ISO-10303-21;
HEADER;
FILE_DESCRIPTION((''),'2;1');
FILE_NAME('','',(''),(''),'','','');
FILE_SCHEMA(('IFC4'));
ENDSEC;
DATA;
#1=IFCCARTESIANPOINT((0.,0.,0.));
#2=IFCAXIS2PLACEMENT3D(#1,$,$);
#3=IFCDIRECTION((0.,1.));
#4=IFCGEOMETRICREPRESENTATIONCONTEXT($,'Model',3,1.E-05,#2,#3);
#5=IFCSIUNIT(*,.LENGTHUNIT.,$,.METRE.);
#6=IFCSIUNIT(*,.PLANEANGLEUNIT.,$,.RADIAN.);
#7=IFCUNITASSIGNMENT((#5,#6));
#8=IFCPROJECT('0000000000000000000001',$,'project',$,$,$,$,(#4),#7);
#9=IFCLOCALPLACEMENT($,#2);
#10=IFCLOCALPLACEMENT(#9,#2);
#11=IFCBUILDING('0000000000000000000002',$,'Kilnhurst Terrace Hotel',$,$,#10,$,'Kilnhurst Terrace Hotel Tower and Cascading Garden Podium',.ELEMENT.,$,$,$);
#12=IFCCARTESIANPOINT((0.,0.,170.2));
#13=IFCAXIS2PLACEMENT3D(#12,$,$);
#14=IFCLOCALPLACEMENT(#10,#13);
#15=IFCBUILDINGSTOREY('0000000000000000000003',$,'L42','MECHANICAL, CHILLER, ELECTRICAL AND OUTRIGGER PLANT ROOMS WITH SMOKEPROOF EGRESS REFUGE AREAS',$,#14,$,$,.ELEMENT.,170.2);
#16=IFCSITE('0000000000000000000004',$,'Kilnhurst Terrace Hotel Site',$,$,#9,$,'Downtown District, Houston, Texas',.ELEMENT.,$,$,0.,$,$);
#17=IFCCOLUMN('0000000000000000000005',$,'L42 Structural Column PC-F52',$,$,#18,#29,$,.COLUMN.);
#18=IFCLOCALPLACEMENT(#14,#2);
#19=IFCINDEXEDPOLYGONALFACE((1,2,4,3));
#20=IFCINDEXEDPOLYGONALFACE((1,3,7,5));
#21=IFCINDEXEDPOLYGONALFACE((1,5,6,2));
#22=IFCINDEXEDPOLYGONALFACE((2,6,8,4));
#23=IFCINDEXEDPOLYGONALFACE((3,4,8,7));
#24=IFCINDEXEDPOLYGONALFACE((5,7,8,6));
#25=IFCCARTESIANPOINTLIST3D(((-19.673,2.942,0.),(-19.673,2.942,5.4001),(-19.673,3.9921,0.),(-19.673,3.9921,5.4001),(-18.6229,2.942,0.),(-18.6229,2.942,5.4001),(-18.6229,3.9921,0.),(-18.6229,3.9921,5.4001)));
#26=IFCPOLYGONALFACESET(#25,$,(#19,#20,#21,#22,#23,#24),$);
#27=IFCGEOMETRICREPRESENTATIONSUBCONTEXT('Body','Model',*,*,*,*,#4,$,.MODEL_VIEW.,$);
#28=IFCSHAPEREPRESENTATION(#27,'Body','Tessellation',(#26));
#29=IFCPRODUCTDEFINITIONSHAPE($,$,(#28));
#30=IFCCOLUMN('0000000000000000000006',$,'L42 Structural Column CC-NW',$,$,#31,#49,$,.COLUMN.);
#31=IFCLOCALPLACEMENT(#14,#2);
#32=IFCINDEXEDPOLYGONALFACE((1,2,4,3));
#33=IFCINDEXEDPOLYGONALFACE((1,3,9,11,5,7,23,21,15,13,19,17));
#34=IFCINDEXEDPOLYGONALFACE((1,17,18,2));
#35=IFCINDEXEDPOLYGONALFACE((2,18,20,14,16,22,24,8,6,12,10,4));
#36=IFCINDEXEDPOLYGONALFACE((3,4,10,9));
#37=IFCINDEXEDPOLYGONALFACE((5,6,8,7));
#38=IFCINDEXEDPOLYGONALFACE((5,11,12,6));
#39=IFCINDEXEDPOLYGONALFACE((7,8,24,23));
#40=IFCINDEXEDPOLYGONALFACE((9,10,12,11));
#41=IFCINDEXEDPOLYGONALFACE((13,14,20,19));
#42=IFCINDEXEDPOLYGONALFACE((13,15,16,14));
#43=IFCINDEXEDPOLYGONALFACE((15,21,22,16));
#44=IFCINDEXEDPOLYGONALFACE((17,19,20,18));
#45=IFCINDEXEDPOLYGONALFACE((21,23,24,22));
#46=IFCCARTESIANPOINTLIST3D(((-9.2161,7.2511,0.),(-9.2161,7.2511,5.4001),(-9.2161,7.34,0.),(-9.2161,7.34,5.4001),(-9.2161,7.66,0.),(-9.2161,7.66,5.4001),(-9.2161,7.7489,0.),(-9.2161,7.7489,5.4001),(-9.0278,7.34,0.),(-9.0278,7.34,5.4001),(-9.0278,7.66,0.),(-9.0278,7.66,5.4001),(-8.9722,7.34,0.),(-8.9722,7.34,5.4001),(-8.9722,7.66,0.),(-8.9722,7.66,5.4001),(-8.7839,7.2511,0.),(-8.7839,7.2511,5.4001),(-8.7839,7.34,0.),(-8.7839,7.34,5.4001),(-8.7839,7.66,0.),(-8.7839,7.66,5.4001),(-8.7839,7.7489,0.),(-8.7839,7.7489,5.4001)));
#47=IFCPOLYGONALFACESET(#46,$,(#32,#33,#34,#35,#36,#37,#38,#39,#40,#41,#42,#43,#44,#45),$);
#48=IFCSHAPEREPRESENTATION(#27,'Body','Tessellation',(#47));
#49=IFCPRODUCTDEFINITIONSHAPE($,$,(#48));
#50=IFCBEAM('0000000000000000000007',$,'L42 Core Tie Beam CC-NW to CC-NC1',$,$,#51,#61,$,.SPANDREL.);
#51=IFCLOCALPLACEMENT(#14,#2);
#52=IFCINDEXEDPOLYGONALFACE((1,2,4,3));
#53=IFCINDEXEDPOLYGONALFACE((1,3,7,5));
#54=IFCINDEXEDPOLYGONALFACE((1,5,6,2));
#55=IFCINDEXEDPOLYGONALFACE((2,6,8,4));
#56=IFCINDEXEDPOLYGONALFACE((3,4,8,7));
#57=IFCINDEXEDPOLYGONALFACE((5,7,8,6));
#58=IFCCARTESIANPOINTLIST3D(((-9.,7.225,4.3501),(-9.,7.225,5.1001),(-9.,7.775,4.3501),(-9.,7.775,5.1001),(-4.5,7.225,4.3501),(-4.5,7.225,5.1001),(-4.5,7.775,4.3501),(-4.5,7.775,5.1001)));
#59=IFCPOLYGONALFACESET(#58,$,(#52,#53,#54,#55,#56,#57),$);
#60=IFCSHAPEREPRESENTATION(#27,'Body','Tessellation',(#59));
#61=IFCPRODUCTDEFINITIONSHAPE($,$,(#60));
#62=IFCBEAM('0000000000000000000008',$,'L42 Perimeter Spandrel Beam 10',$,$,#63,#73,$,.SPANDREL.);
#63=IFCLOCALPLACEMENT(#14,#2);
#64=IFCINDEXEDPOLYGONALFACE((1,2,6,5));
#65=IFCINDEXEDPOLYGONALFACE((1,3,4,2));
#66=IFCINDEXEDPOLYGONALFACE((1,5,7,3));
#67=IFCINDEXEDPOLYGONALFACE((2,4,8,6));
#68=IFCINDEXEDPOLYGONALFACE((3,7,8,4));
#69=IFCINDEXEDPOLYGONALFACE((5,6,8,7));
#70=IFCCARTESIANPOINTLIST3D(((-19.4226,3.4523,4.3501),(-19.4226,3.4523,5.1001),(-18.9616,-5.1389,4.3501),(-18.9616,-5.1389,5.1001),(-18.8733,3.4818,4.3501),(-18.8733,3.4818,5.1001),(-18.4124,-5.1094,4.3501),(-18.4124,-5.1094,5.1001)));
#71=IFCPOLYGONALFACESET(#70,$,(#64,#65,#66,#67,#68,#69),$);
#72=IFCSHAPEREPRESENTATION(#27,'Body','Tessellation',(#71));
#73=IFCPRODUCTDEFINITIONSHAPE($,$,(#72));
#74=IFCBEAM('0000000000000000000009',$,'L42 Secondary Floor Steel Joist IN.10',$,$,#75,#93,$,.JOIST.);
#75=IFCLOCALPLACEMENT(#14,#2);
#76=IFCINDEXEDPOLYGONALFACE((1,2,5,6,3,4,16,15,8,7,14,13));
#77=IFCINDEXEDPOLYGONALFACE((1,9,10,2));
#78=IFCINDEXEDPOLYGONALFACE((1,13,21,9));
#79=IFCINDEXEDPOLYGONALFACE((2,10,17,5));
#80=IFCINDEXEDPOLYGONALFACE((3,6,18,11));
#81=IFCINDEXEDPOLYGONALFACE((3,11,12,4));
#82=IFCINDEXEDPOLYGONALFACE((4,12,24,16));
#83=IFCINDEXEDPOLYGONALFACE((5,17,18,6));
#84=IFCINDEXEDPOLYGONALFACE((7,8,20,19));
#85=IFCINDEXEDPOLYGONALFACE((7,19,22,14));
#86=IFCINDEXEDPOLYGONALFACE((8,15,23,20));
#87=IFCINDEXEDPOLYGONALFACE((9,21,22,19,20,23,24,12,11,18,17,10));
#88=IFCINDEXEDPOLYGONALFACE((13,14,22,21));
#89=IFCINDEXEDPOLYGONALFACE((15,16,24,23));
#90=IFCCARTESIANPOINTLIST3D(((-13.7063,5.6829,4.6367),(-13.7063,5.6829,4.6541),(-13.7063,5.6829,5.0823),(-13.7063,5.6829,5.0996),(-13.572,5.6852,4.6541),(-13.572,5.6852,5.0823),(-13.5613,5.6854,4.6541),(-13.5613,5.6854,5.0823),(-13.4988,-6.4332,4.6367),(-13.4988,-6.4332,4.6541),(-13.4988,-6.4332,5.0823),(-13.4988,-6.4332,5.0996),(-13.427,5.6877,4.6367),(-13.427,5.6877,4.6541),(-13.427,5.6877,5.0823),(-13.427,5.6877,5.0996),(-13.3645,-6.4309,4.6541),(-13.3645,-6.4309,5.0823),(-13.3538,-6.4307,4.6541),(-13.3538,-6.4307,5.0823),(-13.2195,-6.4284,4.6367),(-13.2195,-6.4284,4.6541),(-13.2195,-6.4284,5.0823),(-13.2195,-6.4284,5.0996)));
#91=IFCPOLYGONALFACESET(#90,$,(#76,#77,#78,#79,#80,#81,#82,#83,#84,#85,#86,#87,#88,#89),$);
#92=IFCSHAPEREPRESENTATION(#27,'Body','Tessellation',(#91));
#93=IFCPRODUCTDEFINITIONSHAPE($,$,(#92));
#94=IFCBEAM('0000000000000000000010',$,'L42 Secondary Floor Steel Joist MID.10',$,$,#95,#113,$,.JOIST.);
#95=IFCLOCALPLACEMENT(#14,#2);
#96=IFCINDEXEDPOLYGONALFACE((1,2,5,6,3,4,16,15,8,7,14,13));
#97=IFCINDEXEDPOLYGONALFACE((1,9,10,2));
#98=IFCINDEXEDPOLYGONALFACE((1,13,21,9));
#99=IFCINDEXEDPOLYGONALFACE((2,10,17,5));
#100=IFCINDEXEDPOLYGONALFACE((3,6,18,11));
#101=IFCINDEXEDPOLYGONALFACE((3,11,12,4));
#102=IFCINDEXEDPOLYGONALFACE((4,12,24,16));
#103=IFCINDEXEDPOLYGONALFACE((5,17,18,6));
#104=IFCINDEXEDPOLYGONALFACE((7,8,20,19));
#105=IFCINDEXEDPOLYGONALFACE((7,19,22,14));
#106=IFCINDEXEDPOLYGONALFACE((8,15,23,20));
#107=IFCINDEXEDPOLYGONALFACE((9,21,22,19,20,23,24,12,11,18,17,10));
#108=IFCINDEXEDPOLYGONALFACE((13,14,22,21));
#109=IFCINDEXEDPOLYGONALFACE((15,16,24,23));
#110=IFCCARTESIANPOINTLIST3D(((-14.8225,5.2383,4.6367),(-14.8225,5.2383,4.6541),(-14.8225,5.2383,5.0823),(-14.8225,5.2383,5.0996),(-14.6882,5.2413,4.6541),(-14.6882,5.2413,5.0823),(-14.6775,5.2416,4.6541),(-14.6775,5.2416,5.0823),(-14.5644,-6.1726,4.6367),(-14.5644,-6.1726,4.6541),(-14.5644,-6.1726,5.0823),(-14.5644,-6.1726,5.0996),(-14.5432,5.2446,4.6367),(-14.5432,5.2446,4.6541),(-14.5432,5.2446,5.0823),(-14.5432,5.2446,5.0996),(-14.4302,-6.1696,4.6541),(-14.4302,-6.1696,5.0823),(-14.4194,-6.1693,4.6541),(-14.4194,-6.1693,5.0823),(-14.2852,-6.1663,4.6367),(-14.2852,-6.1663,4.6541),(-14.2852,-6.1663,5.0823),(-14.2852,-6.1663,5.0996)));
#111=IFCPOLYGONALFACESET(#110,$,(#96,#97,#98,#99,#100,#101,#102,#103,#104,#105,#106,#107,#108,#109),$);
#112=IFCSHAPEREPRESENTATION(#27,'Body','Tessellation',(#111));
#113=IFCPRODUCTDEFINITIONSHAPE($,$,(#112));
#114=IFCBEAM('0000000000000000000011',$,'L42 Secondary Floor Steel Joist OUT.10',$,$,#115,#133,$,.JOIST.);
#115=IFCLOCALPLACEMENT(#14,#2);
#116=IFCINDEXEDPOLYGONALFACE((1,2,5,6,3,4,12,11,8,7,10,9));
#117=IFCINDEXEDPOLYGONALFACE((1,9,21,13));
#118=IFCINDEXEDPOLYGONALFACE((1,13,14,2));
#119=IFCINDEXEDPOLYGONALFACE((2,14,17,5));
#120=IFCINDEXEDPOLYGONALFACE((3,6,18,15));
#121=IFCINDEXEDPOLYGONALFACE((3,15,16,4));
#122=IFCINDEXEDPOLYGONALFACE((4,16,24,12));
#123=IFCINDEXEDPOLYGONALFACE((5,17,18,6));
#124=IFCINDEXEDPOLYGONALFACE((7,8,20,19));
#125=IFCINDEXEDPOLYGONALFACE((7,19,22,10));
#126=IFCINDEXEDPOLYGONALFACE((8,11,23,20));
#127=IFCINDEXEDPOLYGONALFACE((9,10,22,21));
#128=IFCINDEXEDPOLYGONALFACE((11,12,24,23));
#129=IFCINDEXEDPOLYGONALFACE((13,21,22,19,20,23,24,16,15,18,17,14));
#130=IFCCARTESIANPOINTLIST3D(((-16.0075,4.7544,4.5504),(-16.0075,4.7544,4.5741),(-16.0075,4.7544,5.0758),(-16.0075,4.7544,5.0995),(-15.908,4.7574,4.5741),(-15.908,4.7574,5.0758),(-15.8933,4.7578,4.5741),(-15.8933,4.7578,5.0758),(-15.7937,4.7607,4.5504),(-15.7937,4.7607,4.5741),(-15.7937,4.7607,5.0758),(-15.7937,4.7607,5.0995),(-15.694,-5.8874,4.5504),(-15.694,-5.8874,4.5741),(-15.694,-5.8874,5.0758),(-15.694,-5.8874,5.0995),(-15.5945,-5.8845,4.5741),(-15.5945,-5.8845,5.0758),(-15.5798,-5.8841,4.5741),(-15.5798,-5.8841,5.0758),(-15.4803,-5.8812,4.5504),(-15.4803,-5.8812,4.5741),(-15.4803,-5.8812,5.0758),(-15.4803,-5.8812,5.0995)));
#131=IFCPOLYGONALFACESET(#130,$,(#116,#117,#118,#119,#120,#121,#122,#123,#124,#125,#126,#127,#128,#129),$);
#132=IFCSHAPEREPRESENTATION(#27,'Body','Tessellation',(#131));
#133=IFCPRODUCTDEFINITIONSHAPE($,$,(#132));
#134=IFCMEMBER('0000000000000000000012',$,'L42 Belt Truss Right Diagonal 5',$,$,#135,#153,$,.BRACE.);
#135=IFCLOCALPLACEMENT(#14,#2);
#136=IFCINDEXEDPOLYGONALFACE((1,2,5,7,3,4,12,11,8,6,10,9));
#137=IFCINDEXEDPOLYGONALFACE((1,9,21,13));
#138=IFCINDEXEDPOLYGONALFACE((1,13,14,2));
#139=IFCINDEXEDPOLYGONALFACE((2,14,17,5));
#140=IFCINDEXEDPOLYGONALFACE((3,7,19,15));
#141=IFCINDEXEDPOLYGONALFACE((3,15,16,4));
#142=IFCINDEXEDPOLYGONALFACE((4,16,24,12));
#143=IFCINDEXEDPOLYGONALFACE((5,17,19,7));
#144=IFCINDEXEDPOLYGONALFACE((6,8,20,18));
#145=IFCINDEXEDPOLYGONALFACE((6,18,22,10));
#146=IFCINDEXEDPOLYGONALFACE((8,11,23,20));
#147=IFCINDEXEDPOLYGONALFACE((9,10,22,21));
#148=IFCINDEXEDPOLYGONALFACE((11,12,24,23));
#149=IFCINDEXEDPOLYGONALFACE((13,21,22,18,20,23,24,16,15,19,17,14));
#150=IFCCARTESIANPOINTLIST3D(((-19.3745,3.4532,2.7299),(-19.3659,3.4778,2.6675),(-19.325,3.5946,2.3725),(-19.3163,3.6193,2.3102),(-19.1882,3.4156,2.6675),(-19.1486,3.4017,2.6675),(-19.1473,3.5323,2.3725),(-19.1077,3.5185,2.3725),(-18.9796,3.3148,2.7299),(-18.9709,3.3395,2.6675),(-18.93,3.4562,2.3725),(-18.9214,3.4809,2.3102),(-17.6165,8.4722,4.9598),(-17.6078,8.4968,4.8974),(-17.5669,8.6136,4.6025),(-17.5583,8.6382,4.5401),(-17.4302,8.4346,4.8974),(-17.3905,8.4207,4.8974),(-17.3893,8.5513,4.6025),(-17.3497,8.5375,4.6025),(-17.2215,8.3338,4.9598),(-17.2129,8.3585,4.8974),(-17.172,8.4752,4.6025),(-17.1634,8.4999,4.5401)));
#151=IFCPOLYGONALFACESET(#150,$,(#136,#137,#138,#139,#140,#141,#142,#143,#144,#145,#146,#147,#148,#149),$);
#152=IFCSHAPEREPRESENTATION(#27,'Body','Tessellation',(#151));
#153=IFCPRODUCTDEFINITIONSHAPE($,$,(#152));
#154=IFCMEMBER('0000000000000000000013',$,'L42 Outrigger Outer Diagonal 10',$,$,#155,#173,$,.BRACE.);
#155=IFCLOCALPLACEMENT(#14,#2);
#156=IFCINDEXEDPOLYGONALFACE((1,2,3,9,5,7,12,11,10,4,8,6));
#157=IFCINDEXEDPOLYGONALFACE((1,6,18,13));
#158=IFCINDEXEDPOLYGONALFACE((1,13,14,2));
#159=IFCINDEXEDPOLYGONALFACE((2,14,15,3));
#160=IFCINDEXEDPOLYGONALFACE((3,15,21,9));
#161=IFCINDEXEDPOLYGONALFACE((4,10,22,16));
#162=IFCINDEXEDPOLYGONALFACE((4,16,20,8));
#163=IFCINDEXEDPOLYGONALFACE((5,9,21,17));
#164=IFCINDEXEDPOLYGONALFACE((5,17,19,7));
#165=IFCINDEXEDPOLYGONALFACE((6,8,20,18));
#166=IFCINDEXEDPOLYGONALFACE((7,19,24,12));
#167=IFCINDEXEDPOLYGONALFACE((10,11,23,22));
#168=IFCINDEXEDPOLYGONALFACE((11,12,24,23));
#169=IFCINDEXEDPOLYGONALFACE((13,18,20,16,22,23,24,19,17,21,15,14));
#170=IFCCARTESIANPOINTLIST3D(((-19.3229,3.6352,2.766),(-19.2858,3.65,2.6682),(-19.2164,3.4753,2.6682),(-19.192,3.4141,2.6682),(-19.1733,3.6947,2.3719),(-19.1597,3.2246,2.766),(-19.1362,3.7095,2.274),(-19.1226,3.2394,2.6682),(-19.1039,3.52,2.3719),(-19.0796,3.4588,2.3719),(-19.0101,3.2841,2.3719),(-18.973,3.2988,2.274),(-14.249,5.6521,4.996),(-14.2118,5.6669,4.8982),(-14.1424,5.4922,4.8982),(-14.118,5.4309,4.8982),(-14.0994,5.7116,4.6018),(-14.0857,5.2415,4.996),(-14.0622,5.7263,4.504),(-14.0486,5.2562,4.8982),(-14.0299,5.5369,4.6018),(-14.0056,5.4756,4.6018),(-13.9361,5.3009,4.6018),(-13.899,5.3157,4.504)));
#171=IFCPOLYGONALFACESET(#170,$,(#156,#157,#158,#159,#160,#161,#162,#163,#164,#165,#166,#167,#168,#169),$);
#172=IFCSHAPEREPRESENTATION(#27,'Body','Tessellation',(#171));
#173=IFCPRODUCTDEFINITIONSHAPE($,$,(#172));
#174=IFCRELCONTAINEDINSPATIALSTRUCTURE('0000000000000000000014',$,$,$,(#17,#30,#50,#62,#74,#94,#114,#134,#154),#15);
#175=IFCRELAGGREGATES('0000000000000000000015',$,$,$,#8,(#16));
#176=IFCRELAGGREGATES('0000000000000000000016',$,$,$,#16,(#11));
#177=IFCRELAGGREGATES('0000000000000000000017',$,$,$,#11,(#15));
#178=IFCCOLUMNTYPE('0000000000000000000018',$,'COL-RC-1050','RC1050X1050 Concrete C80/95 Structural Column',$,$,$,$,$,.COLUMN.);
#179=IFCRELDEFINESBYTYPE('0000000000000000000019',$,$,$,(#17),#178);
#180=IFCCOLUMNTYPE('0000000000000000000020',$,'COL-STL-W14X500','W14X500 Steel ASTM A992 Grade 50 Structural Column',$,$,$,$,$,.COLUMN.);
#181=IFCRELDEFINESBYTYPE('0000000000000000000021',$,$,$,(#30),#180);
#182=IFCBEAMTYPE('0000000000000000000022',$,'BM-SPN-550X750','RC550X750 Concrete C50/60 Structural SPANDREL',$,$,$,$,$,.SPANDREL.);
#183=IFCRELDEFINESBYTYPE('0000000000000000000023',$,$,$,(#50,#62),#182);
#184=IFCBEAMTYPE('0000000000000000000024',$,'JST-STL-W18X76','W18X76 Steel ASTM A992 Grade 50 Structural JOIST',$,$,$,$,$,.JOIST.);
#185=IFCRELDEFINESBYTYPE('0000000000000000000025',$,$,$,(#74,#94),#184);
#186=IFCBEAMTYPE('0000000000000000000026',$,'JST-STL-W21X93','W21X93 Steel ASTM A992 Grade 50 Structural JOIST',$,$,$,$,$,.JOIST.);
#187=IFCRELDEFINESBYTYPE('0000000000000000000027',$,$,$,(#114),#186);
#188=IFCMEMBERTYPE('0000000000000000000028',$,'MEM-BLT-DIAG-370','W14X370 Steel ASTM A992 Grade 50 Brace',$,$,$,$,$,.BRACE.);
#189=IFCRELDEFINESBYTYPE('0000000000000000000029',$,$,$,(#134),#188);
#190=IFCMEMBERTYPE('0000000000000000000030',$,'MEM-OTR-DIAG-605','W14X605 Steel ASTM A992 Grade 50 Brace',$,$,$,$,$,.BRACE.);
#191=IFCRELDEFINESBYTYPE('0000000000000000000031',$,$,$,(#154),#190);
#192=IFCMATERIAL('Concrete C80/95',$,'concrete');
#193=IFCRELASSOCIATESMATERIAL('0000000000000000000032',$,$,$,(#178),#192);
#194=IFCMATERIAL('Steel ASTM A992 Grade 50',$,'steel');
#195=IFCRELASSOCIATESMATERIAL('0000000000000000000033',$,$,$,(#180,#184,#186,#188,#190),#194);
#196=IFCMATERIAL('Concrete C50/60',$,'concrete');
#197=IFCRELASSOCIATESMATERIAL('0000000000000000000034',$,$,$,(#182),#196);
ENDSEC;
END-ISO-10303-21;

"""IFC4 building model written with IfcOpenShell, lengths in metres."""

from ifc_helpers import new_model, si_unit, direction, frame, origin, origin_2d, place, context, subcontext, project, spatial, rectangle, i_section, extrude, material, material_profile, profile_set, type_object, element, save


model = new_model("IFC4")

# Units and contexts
model_context = context("Model", 3, precision=1e-05, world=origin(), true_north=direction((0.0, 1.0)))
body_context = subcontext(model_context, "Body", "Model", "MODEL_VIEW")
ifc_project = project(units=[si_unit("LENGTHUNIT", "METRE"), si_unit("PLANEANGLEUNIT", "RADIAN")], contexts=[model_context])

# Site, building, storey
site_placement = place(None, origin())
site = spatial("IfcSite", under=ifc_project, at=site_placement, Name="Kilnhurst Terrace Hotel Site", LongName="Downtown District, Houston, Texas", CompositionType="ELEMENT", RefElevation=0.0)
building_placement = place(site_placement, origin())
building = spatial("IfcBuilding", under=site, at=building_placement, Name="Kilnhurst Terrace Hotel", LongName="Kilnhurst Terrace Hotel Tower and Cascading Garden Podium", CompositionType="ELEMENT")
storey_placement = place(building_placement, frame((0.0, 0.0, 170.2)))
storey = spatial("IfcBuildingStorey", under=building, at=storey_placement, Name="L42", Description="MECHANICAL, CHILLER, ELECTRICAL AND OUTRIGGER PLANT ROOMS WITH SMOKEPROOF EGRESS REFUGE AREAS", CompositionType="ELEMENT", Elevation=170.2)

# Columns
ifc_material_1 = material(Name="Concrete C80/95", Category="concrete")
ifc_material_profile_1 = material_profile(ifc_material_1, rectangle(XDim=1.05, YDim=1.05, at=origin_2d()), Name="RC1050X1050")
ifc_profile_set_1 = profile_set([ifc_material_profile_1], Name="Concrete C80/95")
column_type_1 = type_object("IfcColumnType", Name="COL-RC-1050", Description="RC1050X1050 Concrete C80/95 Structural Column", PredefinedType="COLUMN", material=ifc_profile_set_1)
column_1_placement = place(storey_placement, frame((-19.1479, 3.467, 0.0), z_axis=(0.0, 0.0, 1.0), x_axis=(1.0, 0.0, 0.0)))
element("IfcColumn", 1, at=column_1_placement, inside=storey, type_object=column_type_1, Name="L42 Structural Column PC-F52", PredefinedType="COLUMN", context=body_context, shape_type="SweptSolid", body=[
    extrude(rectangle(XDim=1.05, YDim=1.05, at=origin_2d()), origin(), (0.0, 0.0, 1.0), 5.4001),
])
ifc_material_2 = material(Name="Steel ASTM A992 Grade 50", Category="steel")
ifc_material_profile_2 = material_profile(ifc_material_2, i_section(OverallWidth=0.4321, OverallDepth=0.4978, WebThickness=0.0557, FlangeThickness=0.0889, at=origin_2d()), Name="W14X500")
ifc_profile_set_2 = profile_set([ifc_material_profile_2], Name="Steel ASTM A992 Grade 50")
column_type_2 = type_object("IfcColumnType", Name="COL-STL-W14X500", Description="W14X500 Steel ASTM A992 Grade 50 Structural Column", PredefinedType="COLUMN", material=ifc_profile_set_2)
column_2_placement = place(storey_placement, frame((-9.0, 7.5, 0.0), z_axis=(0.0, 0.0, 1.0), x_axis=(1.0, 0.0, 0.0)))
element("IfcColumn", 2, at=column_2_placement, inside=storey, type_object=column_type_2, Name="L42 Structural Column CC-NW", PredefinedType="COLUMN", context=body_context, shape_type="SweptSolid", body=[
    extrude(i_section(OverallWidth=0.4321, OverallDepth=0.4978, WebThickness=0.0557, FlangeThickness=0.0889, at=origin_2d()), origin(), (0.0, 0.0, 1.0), 5.4001),
])

# Beams
ifc_material_3 = material(Name="Concrete C50/60", Category="concrete")
ifc_material_profile_3 = material_profile(ifc_material_3, rectangle(XDim=0.55, YDim=0.75, at=origin_2d()), Name="RC550X750")
ifc_profile_set_3 = profile_set([ifc_material_profile_3], Name="Concrete C50/60")
beam_type_1 = type_object("IfcBeamType", Name="BM-SPN-550X750", Description="RC550X750 Concrete C50/60 Structural SPANDREL", PredefinedType="SPANDREL", material=ifc_profile_set_3)
beam_1_placement = place(storey_placement, frame((-9.0, 7.5, 4.7251), z_axis=(1.0, 0.0, 0.0), x_axis=(0.0, 1.0, 0.0)))
element("IfcBeam", 3, at=beam_1_placement, inside=storey, type_object=beam_type_1, Name="L42 Core Tie Beam CC-NW to CC-NC1", PredefinedType="SPANDREL", context=body_context, shape_type="SweptSolid", body=[
    extrude(rectangle(XDim=0.55, YDim=0.75, at=origin_2d()), origin(), (0.0, 0.0, 1.0), 4.5),
])
beam_2_placement = place(storey_placement, frame((-19.1479, 3.467, 4.7251), z_axis=(0.053576, -0.998564, 0.0), x_axis=(0.998564, 0.053576, 0.0)))
element("IfcBeam", 4, at=beam_2_placement, inside=storey, type_object=beam_type_1, Name="L42 Perimeter Spandrel Beam 10", PredefinedType="SPANDREL", context=body_context, shape_type="SweptSolid", body=[
    extrude(rectangle(XDim=0.55, YDim=0.75, at=origin_2d()), origin(), (0.0, 0.0, 1.0), 8.6035),
])
ifc_material_profile_4 = material_profile(ifc_material_2, i_section(OverallWidth=0.2793, OverallDepth=0.4629, WebThickness=0.0107, FlangeThickness=0.0173, at=origin_2d()), Name="W18X76")
ifc_profile_set_4 = profile_set([ifc_material_profile_4], Name="Steel ASTM A992 Grade 50")
beam_type_2 = type_object("IfcBeamType", Name="JST-STL-W18X76", Description="W18X76 Steel ASTM A992 Grade 50 Structural JOIST", PredefinedType="JOIST", material=ifc_profile_set_4)
beam_3_placement = place(storey_placement, frame((-13.5667, 5.6853, 4.8682), z_axis=(0.017125, -0.999853, 0.0), x_axis=(0.999853, 0.017125, 0.0)))
element("IfcBeam", 5, at=beam_3_placement, inside=storey, type_object=beam_type_2, Name="L42 Secondary Floor Steel Joist IN.10", PredefinedType="JOIST", context=body_context, shape_type="SweptSolid", body=[
    extrude(i_section(OverallWidth=0.2793, OverallDepth=0.4629, WebThickness=0.0107, FlangeThickness=0.0173, at=origin_2d()), origin(), (0.0, 0.0, 1.0), 12.1179),
])
beam_4_placement = place(storey_placement, frame((-14.6829, 5.2415, 4.8682), z_axis=(0.022609, -0.999744, 0.0), x_axis=(0.999744, 0.022609, 0.0)))
element("IfcBeam", 6, at=beam_4_placement, inside=storey, type_object=beam_type_2, Name="L42 Secondary Floor Steel Joist MID.10", PredefinedType="JOIST", context=body_context, shape_type="SweptSolid", body=[
    extrude(i_section(OverallWidth=0.2793, OverallDepth=0.4629, WebThickness=0.0107, FlangeThickness=0.0173, at=origin_2d()), origin(), (0.0, 0.0, 1.0), 11.4138),
])
ifc_material_profile_5 = material_profile(ifc_material_2, i_section(OverallWidth=0.2139, OverallDepth=0.5491, WebThickness=0.0146, FlangeThickness=0.0237, at=origin_2d()), Name="W21X93")
ifc_profile_set_5 = profile_set([ifc_material_profile_5], Name="Steel ASTM A992 Grade 50")
beam_type_3 = type_object("IfcBeamType", Name="JST-STL-W21X93", Description="W21X93 Steel ASTM A992 Grade 50 Structural JOIST", PredefinedType="JOIST", material=ifc_profile_set_5)
beam_5_placement = place(storey_placement, frame((-15.9006, 4.7576, 4.825), z_axis=(0.029444, -0.999566, 0.0), x_axis=(0.999566, 0.029444, 0.0)))
element("IfcBeam", 7, at=beam_5_placement, inside=storey, type_object=beam_type_3, Name="L42 Secondary Floor Steel Joist OUT.10", PredefinedType="JOIST", context=body_context, shape_type="SweptSolid", body=[
    extrude(i_section(OverallWidth=0.2139, OverallDepth=0.5491, WebThickness=0.0146, FlangeThickness=0.0237, at=origin_2d()), origin(), (0.0, 0.0, 1.0), 10.6465),
])

# Members
ifc_material_profile_6 = material_profile(ifc_material_2, i_section(OverallWidth=0.4185, OverallDepth=0.4551, WebThickness=0.042, FlangeThickness=0.0676, at=origin_2d()), Name="W14X370")
ifc_profile_set_6 = profile_set([ifc_material_profile_6], Name="Steel ASTM A992 Grade 50")
member_type_1 = type_object("IfcMemberType", Name="MEM-BLT-DIAG-370", Description="W14X370 Steel ASTM A992 Grade 50 Brace", PredefinedType="BRACE", material=ifc_profile_set_6)
member_1_placement = place(storey_placement, frame((-19.1479, 3.467, 2.52), z_axis=(0.304866, 0.870355, 0.386702), x_axis=(-0.943777, 0.330584, 0.0)))
element("IfcMember", 8, at=member_1_placement, inside=storey, type_object=member_type_1, Name="L42 Belt Truss Right Diagonal 5", PredefinedType="BRACE", context=body_context, shape_type="SweptSolid", body=[
    extrude(i_section(OverallWidth=0.4185, OverallDepth=0.4551, WebThickness=0.042, FlangeThickness=0.0676, at=origin_2d()), origin(), (0.0, 0.0, 1.0), 5.7666),
])
ifc_material_profile_7 = material_profile(ifc_material_2, i_section(OverallWidth=0.4419, OverallDepth=0.5315, WebThickness=0.0659, FlangeThickness=0.1057, at=origin_2d()), Name="W14X605")
ifc_profile_set_7 = profile_set([ifc_material_profile_7], Name="Steel ASTM A992 Grade 50")
member_type_2 = type_object("IfcMemberType", Name="MEM-OTR-DIAG-605", Description="W14X605 Steel ASTM A992 Grade 50 Brace", PredefinedType="BRACE", material=ifc_profile_set_7)
member_2_placement = place(storey_placement, frame((-14.074, 5.4839, 4.75), z_axis=(-0.860296, -0.341958, -0.378095), x_axis=(0.369378, -0.929279, 0.0)))
element("IfcMember", 9, at=member_2_placement, inside=storey, type_object=member_type_2, Name="L42 Outrigger Outer Diagonal 10", PredefinedType="BRACE", context=body_context, shape_type="SweptSolid", body=[
    extrude(i_section(OverallWidth=0.4419, OverallDepth=0.5315, WebThickness=0.0659, FlangeThickness=0.1057, at=origin_2d()), origin(), (0.0, 0.0, 1.0), 5.8979),
])

save(model, "model.ifc")
